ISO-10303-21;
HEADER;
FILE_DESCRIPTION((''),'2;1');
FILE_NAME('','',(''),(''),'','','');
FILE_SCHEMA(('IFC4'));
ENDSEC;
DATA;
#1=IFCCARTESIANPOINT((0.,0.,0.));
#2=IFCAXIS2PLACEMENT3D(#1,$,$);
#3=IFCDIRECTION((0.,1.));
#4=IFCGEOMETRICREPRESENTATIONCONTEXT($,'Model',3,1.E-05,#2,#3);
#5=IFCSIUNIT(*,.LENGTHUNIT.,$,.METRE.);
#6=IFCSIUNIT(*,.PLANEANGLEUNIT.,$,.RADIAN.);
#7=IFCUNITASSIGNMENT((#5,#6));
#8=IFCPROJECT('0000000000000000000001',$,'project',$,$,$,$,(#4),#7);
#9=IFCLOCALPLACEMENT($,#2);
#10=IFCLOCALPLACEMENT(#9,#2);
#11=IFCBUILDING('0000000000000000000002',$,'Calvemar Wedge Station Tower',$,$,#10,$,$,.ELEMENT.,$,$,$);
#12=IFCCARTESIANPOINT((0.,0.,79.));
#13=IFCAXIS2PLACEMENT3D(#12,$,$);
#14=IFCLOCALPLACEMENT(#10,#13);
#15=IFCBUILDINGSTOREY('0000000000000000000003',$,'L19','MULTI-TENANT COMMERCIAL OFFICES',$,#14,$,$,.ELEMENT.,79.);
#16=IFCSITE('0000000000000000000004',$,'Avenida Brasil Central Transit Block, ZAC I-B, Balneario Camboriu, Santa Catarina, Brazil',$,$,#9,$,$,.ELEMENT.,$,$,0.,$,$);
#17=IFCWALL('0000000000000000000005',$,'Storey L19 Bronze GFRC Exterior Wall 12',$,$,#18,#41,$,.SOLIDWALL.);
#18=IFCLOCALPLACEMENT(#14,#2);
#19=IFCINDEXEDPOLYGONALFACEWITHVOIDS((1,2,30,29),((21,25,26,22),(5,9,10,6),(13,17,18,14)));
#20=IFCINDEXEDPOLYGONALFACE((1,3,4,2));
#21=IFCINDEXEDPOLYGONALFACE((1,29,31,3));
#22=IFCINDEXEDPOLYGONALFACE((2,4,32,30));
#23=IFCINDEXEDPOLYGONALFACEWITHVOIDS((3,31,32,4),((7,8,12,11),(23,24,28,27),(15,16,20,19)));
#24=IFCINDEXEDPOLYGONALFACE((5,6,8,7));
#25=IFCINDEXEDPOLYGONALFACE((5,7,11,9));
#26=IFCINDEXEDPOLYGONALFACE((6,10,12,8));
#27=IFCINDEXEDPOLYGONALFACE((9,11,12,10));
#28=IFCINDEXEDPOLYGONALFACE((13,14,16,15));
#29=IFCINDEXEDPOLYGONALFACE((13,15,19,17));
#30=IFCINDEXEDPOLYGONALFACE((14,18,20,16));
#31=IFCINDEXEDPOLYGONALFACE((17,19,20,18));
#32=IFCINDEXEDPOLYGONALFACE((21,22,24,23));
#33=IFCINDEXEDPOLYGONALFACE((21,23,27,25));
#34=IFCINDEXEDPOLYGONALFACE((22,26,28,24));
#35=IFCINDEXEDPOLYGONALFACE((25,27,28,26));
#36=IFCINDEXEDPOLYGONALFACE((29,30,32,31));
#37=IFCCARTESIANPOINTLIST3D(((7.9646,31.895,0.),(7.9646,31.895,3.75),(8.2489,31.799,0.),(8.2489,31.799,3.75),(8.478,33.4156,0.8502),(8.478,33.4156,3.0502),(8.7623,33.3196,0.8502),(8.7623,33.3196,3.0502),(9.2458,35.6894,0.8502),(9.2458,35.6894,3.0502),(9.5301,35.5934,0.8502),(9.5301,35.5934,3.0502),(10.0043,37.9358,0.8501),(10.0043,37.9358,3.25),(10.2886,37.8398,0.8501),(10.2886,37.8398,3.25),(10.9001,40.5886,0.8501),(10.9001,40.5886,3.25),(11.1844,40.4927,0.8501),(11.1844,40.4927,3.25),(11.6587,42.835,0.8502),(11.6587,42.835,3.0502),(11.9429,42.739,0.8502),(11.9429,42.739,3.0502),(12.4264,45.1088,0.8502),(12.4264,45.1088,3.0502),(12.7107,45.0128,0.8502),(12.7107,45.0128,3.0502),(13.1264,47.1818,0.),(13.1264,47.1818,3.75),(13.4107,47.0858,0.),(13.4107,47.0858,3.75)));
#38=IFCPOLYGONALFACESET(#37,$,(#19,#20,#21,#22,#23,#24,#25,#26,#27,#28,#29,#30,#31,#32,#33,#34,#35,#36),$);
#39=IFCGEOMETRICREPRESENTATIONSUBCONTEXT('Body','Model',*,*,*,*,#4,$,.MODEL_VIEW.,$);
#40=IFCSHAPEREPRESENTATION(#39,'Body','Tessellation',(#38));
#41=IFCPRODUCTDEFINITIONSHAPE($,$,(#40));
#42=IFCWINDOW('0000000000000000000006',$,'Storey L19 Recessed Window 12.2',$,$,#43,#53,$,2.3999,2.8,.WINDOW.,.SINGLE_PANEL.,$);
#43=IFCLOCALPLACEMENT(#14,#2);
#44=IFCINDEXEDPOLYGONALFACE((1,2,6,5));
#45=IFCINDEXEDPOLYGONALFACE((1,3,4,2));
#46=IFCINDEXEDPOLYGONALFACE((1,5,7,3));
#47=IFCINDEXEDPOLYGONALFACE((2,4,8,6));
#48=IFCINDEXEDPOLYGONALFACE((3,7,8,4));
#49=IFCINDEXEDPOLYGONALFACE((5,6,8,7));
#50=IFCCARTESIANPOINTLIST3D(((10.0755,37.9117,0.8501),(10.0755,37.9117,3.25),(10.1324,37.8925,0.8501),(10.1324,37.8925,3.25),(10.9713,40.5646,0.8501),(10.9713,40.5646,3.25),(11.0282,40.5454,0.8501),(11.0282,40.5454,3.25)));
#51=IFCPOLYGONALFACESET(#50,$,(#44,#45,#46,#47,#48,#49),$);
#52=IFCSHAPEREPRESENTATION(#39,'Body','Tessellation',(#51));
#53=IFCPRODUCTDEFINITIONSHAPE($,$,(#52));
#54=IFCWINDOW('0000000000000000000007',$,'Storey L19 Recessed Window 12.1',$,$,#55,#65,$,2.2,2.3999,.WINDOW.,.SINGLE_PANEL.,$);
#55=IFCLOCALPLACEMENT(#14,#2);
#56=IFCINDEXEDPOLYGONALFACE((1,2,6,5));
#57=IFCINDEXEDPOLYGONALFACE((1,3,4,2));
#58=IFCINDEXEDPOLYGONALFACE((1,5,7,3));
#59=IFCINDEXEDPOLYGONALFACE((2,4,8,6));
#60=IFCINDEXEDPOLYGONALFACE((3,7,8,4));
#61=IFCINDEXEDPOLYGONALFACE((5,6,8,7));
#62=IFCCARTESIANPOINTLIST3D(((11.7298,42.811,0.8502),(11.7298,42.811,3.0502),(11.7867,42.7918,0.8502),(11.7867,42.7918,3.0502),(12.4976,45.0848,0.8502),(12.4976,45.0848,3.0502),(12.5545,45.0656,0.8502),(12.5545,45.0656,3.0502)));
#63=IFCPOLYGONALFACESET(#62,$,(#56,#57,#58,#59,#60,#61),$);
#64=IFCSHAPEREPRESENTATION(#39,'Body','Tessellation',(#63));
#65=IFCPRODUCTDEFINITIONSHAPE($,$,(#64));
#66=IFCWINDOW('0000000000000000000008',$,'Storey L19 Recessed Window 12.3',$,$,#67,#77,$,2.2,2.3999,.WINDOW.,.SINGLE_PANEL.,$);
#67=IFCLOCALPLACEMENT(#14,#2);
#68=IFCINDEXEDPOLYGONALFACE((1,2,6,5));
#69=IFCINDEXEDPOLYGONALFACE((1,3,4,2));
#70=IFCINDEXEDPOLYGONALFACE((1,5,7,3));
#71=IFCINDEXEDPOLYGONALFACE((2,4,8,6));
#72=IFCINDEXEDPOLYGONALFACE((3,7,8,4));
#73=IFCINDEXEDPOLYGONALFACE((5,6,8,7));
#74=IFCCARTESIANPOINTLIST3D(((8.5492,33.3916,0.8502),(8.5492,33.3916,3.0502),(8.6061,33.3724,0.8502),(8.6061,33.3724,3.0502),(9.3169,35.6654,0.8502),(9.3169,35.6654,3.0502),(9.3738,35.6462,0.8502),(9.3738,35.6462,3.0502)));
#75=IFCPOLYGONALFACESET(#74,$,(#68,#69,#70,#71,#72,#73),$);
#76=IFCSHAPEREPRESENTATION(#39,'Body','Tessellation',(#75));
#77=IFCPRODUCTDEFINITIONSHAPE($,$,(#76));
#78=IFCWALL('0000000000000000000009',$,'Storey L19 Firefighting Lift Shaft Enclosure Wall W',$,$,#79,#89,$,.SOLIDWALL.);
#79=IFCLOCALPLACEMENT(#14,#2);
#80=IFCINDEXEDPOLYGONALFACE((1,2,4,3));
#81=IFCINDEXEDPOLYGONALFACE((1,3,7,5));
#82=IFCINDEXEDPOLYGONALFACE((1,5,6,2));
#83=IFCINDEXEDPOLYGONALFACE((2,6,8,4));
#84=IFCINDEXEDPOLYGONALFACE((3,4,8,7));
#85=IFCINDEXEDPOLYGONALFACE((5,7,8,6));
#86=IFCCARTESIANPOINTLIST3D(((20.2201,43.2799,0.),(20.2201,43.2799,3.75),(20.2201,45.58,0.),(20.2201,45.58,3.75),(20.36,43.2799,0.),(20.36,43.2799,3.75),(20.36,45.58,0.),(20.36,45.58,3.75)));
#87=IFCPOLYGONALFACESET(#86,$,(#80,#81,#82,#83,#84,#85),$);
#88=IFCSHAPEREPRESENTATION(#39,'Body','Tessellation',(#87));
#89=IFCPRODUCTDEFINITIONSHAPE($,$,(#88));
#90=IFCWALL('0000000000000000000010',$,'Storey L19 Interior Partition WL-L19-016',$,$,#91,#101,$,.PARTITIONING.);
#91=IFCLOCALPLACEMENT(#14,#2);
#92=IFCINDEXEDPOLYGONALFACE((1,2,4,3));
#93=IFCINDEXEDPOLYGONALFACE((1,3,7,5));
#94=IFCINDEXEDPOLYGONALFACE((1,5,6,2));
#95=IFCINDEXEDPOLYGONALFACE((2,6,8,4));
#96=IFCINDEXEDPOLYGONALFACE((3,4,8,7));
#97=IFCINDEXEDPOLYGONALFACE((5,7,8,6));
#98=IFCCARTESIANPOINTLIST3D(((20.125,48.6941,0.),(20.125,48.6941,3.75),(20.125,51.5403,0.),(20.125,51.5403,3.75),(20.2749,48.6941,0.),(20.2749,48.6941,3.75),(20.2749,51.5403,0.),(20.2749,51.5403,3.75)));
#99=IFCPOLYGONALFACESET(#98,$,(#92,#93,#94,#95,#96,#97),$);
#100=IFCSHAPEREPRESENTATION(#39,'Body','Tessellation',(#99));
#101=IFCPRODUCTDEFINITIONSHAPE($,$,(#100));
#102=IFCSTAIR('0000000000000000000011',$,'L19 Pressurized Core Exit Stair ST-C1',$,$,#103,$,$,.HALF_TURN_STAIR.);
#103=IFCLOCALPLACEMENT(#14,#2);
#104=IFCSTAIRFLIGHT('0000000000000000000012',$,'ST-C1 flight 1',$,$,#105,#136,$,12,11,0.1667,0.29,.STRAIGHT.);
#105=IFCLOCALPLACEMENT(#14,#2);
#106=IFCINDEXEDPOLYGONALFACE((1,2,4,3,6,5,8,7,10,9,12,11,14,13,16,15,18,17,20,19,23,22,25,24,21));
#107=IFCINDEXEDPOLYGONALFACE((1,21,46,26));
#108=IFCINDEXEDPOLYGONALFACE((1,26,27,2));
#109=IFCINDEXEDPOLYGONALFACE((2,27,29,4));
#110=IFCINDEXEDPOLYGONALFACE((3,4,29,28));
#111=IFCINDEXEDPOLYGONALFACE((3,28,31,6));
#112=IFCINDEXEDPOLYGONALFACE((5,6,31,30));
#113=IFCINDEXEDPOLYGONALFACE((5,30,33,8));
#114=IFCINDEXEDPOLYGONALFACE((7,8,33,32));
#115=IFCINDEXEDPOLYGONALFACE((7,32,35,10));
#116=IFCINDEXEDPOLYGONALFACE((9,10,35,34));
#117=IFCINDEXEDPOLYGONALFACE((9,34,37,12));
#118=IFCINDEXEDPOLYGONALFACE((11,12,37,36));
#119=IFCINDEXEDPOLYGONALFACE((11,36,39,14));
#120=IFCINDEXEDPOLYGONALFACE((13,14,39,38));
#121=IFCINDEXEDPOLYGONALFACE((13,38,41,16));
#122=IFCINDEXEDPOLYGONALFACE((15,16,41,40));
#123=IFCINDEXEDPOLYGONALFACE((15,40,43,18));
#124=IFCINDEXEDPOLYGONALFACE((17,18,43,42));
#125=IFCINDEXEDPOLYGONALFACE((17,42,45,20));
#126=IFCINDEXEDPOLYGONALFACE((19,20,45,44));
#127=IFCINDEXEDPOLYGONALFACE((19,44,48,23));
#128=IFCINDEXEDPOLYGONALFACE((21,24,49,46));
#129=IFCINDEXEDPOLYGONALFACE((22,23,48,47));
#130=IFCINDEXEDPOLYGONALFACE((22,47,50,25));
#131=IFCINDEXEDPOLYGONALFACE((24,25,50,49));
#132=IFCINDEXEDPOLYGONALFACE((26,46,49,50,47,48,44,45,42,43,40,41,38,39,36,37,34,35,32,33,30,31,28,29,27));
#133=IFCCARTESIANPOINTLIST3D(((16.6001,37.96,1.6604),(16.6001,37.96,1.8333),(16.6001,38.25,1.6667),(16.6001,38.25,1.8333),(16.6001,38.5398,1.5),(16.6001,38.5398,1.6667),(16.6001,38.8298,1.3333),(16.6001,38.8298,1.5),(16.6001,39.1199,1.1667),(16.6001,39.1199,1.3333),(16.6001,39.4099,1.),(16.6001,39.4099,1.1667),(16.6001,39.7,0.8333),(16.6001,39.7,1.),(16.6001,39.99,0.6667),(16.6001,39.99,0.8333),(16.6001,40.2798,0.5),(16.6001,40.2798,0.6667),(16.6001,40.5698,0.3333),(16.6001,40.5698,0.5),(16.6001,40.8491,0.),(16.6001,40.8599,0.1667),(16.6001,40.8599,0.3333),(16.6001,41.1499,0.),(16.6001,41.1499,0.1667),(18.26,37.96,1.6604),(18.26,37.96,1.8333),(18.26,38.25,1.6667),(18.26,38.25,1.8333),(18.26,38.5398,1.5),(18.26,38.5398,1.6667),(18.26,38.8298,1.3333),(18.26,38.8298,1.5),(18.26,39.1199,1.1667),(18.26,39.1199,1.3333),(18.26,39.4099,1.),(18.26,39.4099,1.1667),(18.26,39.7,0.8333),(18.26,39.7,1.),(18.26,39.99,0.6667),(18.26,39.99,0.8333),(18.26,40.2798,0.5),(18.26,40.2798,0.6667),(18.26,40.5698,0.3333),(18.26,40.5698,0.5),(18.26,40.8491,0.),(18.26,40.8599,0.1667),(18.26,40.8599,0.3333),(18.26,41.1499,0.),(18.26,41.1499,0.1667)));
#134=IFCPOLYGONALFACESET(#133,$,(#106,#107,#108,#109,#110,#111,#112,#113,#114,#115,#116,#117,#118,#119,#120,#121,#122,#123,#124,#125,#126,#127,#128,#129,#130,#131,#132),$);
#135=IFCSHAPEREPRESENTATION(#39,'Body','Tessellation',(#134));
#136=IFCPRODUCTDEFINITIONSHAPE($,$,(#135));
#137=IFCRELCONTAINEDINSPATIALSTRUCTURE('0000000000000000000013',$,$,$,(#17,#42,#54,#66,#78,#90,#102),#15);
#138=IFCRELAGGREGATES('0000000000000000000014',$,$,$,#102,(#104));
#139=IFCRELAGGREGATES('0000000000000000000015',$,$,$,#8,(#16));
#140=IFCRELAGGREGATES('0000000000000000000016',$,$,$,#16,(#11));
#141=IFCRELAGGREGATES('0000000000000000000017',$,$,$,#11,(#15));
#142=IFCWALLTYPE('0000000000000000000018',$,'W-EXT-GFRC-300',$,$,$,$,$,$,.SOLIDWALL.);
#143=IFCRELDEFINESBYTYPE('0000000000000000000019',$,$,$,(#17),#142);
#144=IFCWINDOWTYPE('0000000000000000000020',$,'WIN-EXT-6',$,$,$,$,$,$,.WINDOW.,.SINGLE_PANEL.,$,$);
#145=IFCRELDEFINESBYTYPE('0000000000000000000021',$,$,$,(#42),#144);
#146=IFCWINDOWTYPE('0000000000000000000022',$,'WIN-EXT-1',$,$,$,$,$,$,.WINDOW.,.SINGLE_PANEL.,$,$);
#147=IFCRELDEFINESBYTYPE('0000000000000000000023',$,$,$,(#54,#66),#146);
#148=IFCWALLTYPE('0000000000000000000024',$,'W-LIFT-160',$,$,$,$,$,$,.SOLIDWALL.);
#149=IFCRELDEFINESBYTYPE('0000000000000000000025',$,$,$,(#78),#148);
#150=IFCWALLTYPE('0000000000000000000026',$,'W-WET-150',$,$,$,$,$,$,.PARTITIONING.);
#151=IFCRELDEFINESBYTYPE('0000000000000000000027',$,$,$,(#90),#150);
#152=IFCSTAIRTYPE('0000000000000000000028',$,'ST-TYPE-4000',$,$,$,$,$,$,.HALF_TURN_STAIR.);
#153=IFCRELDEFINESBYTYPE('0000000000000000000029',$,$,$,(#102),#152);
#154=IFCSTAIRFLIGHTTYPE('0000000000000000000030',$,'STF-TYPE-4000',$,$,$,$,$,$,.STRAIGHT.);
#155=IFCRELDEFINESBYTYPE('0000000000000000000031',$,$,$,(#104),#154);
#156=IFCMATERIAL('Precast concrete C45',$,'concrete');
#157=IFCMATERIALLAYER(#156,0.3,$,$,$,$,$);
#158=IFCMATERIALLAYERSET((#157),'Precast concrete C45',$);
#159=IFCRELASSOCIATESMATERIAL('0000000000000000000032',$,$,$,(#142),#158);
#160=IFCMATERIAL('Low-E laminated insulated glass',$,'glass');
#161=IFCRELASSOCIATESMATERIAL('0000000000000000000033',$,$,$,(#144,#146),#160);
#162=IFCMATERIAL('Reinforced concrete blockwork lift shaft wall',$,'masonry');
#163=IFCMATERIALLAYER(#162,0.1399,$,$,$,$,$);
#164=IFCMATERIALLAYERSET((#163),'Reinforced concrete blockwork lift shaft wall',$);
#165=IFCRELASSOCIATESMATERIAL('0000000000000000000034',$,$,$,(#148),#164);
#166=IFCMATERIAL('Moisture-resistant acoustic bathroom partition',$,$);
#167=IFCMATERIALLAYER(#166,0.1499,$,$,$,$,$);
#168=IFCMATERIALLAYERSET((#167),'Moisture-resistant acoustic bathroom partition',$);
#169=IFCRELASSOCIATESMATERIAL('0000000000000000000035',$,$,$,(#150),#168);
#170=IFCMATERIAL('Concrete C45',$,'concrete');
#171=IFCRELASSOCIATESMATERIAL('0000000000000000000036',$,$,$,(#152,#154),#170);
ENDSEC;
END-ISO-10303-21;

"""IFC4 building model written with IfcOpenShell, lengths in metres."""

from ifc_helpers import new_model, si_unit, direction, frame, frame_2d, origin, place, context, subcontext, project, spatial, polyline, rectangle, outline, extrude, source, transform, mapped, material, layer, layer_set, type_object, element, fill, aggregate, save


model = new_model("IFC4")

# Units and contexts
model_context = context("Model", 3, precision=1e-05, world=origin(), true_north=direction((0.0, 1.0)))
body_context = subcontext(model_context, "Body", "Model", "MODEL_VIEW")
ifc_project = project(units=[si_unit("LENGTHUNIT", "METRE"), si_unit("PLANEANGLEUNIT", "RADIAN")], contexts=[model_context])

# Site, building, storey
site_placement = place(None, origin())
site = spatial("IfcSite", under=ifc_project, at=site_placement, Name="Avenida Brasil Central Transit Block, ZAC I-B, Balneario Camboriu, Santa Catarina, Brazil", CompositionType="ELEMENT", RefElevation=0.0)
building_placement = place(site_placement, origin())
building = spatial("IfcBuilding", under=site, at=building_placement, Name="Calvemar Wedge Station Tower", CompositionType="ELEMENT")
storey_placement = place(building_placement, frame((0.0, 0.0, 79.0)))
storey = spatial("IfcBuildingStorey", under=building, at=storey_placement, Name="L19", Description="MULTI-TENANT COMMERCIAL OFFICES", CompositionType="ELEMENT", Elevation=79.0)

# Wall, openings, windows
ifc_material_1 = material(Name="Precast concrete C45", Category="concrete")
ifc_layer_1 = layer(ifc_material_1, 0.3)
ifc_layer_set_1 = layer_set([ifc_layer_1], Name="Precast concrete C45")
wall_type_1 = type_object("IfcWallType", Name="W-EXT-GFRC-300", PredefinedType="SOLIDWALL", material=ifc_layer_set_1)
wall_1_placement = place(storey_placement, frame((13.2686, 47.1338, 0.0), z_axis=(0.0, 0.0, 1.0), x_axis=(-0.31992, -0.947444, 0.0)))
wall_1 = element("IfcWall", 1, at=wall_1_placement, inside=storey, type_object=wall_type_1, Name="Storey L19 Bronze GFRC Exterior Wall 12", PredefinedType="SOLIDWALL", context=body_context, shape_type="SweptSolid", body=[
    extrude(rectangle(XDim=16.1348, YDim=0.3, at=frame_2d((8.0674, 0.0))), origin(), (0.0, 0.0, 1.0), 3.75),
])
shared_shape_1 = source(origin(), body_context, "Body", "SweptSolid", [
    extrude(rectangle(XDim=2.3999, YDim=2.2, at=frame_2d((1.2, 1.1001))), frame((0.0, 0.1602, 0.0), z_axis=(0.0, -1.0, 0.0), x_axis=(1.0, 0.0, 0.0)), (0.0, 0.0, 1.0), 0.3201),
])
opening_1_placement = place(wall_1_placement, frame((2.188, 0.0, 0.8501)))
opening_1 = element("IfcOpeningElement", 2, at=opening_1_placement, cuts=wall_1, PredefinedType="OPENING", context=body_context, shape_type="MappedRepresentation", body=[
    mapped(shared_shape_1, transform((0.0, 0.0, 0.0), scale=1.0)),
])
shared_shape_2 = source(origin(), body_context, "Body", "SweptSolid", [
    extrude(rectangle(XDim=2.8, YDim=2.3999, at=frame_2d((1.3999, 1.2))), frame((0.0, 0.1602, 0.0), z_axis=(0.0, -1.0, 0.0), x_axis=(1.0, 0.0, 0.0)), (0.0, 0.0, 1.0), 0.3201),
])
opening_2_placement = place(wall_1_placement, frame((6.959, 0.0, 0.8501)))
opening_2 = element("IfcOpeningElement", 3, at=opening_2_placement, cuts=wall_1, PredefinedType="OPENING", context=body_context, shape_type="MappedRepresentation", body=[
    mapped(shared_shape_2, transform((0.0, 0.0, 0.0), scale=1.0)),
])
opening_3_placement = place(wall_1_placement, frame((12.1299, 0.0, 0.8501)))
opening_3 = element("IfcOpeningElement", 4, at=opening_3_placement, cuts=wall_1, PredefinedType="OPENING", context=body_context, shape_type="MappedRepresentation", body=[
    mapped(shared_shape_1, transform((0.0, 0.0, 0.0), scale=1.0)),
])
ifc_material_2 = material(Name="Low-E laminated insulated glass", Category="glass")
window_type_1 = type_object("IfcWindowType", Name="WIN-EXT-6", PartitioningType="SINGLE_PANEL", PredefinedType="WINDOW", material=ifc_material_2)
shared_shape_3 = source(origin(), body_context, "Body", "SweptSolid", [
    extrude(rectangle(XDim=2.8, YDim=2.3999, at=frame_2d((1.3999, 1.2))), frame((0.0, -0.0149, 0.0), z_axis=(0.0, -1.0, 0.0), x_axis=(1.0, 0.0, 0.0)), (0.0, 0.0, 1.0), 0.0601),
])
window_1_placement = place(opening_2_placement, origin())
window_1 = element("IfcWindow", 5, at=window_1_placement, inside=storey, type_object=window_type_1, Name="Storey L19 Recessed Window 12.2", OverallHeight=2.3999, OverallWidth=2.8, PartitioningType="SINGLE_PANEL", PredefinedType="WINDOW", context=body_context, shape_type="MappedRepresentation", body=[
    mapped(shared_shape_3, transform((0.0, 0.0, 0.0), scale=1.0)),
])
fill(opening_2, window_1)
window_type_2 = type_object("IfcWindowType", Name="WIN-EXT-1", PartitioningType="SINGLE_PANEL", PredefinedType="WINDOW", material=ifc_material_2)
shared_shape_4 = source(origin(), body_context, "Body", "SweptSolid", [
    extrude(rectangle(XDim=2.3999, YDim=2.2, at=frame_2d((1.2, 1.1001))), frame((0.0, -0.0149, 0.0), z_axis=(0.0, -1.0, 0.0), x_axis=(1.0, 0.0, 0.0)), (0.0, 0.0, 1.0), 0.0601),
])
window_2_placement = place(opening_1_placement, origin())
window_2 = element("IfcWindow", 6, at=window_2_placement, inside=storey, type_object=window_type_2, Name="Storey L19 Recessed Window 12.1", OverallHeight=2.2, OverallWidth=2.3999, PartitioningType="SINGLE_PANEL", PredefinedType="WINDOW", context=body_context, shape_type="MappedRepresentation", body=[
    mapped(shared_shape_4, transform((0.0, 0.0, 0.0), scale=1.0)),
])
fill(opening_1, window_2)
window_3_placement = place(opening_3_placement, origin())
window_3 = element("IfcWindow", 7, at=window_3_placement, inside=storey, type_object=window_type_2, Name="Storey L19 Recessed Window 12.3", OverallHeight=2.2, OverallWidth=2.3999, PartitioningType="SINGLE_PANEL", PredefinedType="WINDOW", context=body_context, shape_type="MappedRepresentation", body=[
    mapped(shared_shape_4, transform((0.0, 0.0, 0.0), scale=1.0)),
])
fill(opening_3, window_3)

# Walls
ifc_material_3 = material(Name="Reinforced concrete blockwork lift shaft wall", Category="masonry")
ifc_layer_2 = layer(ifc_material_3, 0.1399)
ifc_layer_set_2 = layer_set([ifc_layer_2], Name="Reinforced concrete blockwork lift shaft wall")
wall_type_2 = type_object("IfcWallType", Name="W-LIFT-160", PredefinedType="SOLIDWALL", material=ifc_layer_set_2)
wall_2_placement = place(storey_placement, frame((20.29, 43.28, 0.0), z_axis=(0.0, 0.0, 1.0), x_axis=(0.0, 1.0, 0.0)))
element("IfcWall", 8, at=wall_2_placement, inside=storey, type_object=wall_type_2, Name="Storey L19 Firefighting Lift Shaft Enclosure Wall W", PredefinedType="SOLIDWALL", context=body_context, shape_type="SweptSolid", body=[
    extrude(rectangle(XDim=2.3, YDim=0.1399, at=frame_2d((1.1499, 0.0))), origin(), (0.0, 0.0, 1.0), 3.75),
])
ifc_material_4 = material(Name="Moisture-resistant acoustic bathroom partition")
ifc_layer_3 = layer(ifc_material_4, 0.1499)
ifc_layer_set_3 = layer_set([ifc_layer_3], Name="Moisture-resistant acoustic bathroom partition")
wall_type_3 = type_object("IfcWallType", Name="W-WET-150", PredefinedType="PARTITIONING", material=ifc_layer_set_3)
wall_3_placement = place(storey_placement, frame((20.2, 51.5403, 0.0), z_axis=(0.0, 0.0, 1.0), x_axis=(0.0, -1.0, 0.0)))
element("IfcWall", 9, at=wall_3_placement, inside=storey, type_object=wall_type_3, Name="Storey L19 Interior Partition WL-L19-016", PredefinedType="PARTITIONING", context=body_context, shape_type="SweptSolid", body=[
    extrude(rectangle(XDim=2.8462, YDim=0.1499, at=frame_2d((1.4231, 0.0))), origin(), (0.0, 0.0, 1.0), 3.75),
])

# Stair, stair flight
ifc_material_5 = material(Name="Concrete C45", Category="concrete")
stair_type = type_object("IfcStairType", Name="ST-TYPE-4000", PredefinedType="HALF_TURN_STAIR", material=ifc_material_5)
stair_placement = place(storey_placement, origin())
stair = element("IfcStair", 10, at=stair_placement, inside=storey, type_object=stair_type, Name="L19 Pressurized Core Exit Stair ST-C1", PredefinedType="HALF_TURN_STAIR")
stair_flight_type = type_object("IfcStairFlightType", Name="STF-TYPE-4000", PredefinedType="STRAIGHT", material=ifc_material_5)
stair_flight_placement = place(storey_placement, frame((17.4299, 41.1499, 0.0), z_axis=(0.0, 0.0, 1.0), x_axis=(0.0, -1.0, 0.0)))
stair_flight = element("IfcStairFlight", 11, at=stair_flight_placement, type_object=stair_flight_type, Name="ST-C1 flight 1", NumberOfRisers=12, NumberOfTreads=11, PredefinedType="STRAIGHT", RiserHeight=0.1667, TreadLength=0.29, context=body_context, shape_type="SweptSolid", body=[
    extrude(outline(polyline([(0.0, 0.0), (0.0, 0.1667), (0.29, 0.1667), (0.29, 0.3333), (0.5801, 0.3333), (0.5801, 0.5), (0.8701, 0.5), (0.8701, 0.6667), (1.1599, 0.6667), (1.1599, 0.8333), (1.45, 0.8333), (1.45, 1.0), (1.74, 1.0), (1.74, 1.1667), (2.03, 1.1667), (2.03, 1.3333), (2.3201, 1.3333), (2.3201, 1.5), (2.6101, 1.5), (2.6101, 1.6667), (2.8999, 1.6667), (2.8999, 1.8333), (3.1899, 1.8333), (3.1899, 2.0), (3.1899, 1.6604), (0.3008, 0.0), (0.0, 0.0)])), frame((0.0, 0.8301, 0.0), z_axis=(0.0, -1.0, 0.0), x_axis=(1.0, 0.0, 0.0)), (0.0, 0.0, 1.0), 1.6599),
])
aggregate(stair, [stair_flight])

save(model, "model.ifc")
